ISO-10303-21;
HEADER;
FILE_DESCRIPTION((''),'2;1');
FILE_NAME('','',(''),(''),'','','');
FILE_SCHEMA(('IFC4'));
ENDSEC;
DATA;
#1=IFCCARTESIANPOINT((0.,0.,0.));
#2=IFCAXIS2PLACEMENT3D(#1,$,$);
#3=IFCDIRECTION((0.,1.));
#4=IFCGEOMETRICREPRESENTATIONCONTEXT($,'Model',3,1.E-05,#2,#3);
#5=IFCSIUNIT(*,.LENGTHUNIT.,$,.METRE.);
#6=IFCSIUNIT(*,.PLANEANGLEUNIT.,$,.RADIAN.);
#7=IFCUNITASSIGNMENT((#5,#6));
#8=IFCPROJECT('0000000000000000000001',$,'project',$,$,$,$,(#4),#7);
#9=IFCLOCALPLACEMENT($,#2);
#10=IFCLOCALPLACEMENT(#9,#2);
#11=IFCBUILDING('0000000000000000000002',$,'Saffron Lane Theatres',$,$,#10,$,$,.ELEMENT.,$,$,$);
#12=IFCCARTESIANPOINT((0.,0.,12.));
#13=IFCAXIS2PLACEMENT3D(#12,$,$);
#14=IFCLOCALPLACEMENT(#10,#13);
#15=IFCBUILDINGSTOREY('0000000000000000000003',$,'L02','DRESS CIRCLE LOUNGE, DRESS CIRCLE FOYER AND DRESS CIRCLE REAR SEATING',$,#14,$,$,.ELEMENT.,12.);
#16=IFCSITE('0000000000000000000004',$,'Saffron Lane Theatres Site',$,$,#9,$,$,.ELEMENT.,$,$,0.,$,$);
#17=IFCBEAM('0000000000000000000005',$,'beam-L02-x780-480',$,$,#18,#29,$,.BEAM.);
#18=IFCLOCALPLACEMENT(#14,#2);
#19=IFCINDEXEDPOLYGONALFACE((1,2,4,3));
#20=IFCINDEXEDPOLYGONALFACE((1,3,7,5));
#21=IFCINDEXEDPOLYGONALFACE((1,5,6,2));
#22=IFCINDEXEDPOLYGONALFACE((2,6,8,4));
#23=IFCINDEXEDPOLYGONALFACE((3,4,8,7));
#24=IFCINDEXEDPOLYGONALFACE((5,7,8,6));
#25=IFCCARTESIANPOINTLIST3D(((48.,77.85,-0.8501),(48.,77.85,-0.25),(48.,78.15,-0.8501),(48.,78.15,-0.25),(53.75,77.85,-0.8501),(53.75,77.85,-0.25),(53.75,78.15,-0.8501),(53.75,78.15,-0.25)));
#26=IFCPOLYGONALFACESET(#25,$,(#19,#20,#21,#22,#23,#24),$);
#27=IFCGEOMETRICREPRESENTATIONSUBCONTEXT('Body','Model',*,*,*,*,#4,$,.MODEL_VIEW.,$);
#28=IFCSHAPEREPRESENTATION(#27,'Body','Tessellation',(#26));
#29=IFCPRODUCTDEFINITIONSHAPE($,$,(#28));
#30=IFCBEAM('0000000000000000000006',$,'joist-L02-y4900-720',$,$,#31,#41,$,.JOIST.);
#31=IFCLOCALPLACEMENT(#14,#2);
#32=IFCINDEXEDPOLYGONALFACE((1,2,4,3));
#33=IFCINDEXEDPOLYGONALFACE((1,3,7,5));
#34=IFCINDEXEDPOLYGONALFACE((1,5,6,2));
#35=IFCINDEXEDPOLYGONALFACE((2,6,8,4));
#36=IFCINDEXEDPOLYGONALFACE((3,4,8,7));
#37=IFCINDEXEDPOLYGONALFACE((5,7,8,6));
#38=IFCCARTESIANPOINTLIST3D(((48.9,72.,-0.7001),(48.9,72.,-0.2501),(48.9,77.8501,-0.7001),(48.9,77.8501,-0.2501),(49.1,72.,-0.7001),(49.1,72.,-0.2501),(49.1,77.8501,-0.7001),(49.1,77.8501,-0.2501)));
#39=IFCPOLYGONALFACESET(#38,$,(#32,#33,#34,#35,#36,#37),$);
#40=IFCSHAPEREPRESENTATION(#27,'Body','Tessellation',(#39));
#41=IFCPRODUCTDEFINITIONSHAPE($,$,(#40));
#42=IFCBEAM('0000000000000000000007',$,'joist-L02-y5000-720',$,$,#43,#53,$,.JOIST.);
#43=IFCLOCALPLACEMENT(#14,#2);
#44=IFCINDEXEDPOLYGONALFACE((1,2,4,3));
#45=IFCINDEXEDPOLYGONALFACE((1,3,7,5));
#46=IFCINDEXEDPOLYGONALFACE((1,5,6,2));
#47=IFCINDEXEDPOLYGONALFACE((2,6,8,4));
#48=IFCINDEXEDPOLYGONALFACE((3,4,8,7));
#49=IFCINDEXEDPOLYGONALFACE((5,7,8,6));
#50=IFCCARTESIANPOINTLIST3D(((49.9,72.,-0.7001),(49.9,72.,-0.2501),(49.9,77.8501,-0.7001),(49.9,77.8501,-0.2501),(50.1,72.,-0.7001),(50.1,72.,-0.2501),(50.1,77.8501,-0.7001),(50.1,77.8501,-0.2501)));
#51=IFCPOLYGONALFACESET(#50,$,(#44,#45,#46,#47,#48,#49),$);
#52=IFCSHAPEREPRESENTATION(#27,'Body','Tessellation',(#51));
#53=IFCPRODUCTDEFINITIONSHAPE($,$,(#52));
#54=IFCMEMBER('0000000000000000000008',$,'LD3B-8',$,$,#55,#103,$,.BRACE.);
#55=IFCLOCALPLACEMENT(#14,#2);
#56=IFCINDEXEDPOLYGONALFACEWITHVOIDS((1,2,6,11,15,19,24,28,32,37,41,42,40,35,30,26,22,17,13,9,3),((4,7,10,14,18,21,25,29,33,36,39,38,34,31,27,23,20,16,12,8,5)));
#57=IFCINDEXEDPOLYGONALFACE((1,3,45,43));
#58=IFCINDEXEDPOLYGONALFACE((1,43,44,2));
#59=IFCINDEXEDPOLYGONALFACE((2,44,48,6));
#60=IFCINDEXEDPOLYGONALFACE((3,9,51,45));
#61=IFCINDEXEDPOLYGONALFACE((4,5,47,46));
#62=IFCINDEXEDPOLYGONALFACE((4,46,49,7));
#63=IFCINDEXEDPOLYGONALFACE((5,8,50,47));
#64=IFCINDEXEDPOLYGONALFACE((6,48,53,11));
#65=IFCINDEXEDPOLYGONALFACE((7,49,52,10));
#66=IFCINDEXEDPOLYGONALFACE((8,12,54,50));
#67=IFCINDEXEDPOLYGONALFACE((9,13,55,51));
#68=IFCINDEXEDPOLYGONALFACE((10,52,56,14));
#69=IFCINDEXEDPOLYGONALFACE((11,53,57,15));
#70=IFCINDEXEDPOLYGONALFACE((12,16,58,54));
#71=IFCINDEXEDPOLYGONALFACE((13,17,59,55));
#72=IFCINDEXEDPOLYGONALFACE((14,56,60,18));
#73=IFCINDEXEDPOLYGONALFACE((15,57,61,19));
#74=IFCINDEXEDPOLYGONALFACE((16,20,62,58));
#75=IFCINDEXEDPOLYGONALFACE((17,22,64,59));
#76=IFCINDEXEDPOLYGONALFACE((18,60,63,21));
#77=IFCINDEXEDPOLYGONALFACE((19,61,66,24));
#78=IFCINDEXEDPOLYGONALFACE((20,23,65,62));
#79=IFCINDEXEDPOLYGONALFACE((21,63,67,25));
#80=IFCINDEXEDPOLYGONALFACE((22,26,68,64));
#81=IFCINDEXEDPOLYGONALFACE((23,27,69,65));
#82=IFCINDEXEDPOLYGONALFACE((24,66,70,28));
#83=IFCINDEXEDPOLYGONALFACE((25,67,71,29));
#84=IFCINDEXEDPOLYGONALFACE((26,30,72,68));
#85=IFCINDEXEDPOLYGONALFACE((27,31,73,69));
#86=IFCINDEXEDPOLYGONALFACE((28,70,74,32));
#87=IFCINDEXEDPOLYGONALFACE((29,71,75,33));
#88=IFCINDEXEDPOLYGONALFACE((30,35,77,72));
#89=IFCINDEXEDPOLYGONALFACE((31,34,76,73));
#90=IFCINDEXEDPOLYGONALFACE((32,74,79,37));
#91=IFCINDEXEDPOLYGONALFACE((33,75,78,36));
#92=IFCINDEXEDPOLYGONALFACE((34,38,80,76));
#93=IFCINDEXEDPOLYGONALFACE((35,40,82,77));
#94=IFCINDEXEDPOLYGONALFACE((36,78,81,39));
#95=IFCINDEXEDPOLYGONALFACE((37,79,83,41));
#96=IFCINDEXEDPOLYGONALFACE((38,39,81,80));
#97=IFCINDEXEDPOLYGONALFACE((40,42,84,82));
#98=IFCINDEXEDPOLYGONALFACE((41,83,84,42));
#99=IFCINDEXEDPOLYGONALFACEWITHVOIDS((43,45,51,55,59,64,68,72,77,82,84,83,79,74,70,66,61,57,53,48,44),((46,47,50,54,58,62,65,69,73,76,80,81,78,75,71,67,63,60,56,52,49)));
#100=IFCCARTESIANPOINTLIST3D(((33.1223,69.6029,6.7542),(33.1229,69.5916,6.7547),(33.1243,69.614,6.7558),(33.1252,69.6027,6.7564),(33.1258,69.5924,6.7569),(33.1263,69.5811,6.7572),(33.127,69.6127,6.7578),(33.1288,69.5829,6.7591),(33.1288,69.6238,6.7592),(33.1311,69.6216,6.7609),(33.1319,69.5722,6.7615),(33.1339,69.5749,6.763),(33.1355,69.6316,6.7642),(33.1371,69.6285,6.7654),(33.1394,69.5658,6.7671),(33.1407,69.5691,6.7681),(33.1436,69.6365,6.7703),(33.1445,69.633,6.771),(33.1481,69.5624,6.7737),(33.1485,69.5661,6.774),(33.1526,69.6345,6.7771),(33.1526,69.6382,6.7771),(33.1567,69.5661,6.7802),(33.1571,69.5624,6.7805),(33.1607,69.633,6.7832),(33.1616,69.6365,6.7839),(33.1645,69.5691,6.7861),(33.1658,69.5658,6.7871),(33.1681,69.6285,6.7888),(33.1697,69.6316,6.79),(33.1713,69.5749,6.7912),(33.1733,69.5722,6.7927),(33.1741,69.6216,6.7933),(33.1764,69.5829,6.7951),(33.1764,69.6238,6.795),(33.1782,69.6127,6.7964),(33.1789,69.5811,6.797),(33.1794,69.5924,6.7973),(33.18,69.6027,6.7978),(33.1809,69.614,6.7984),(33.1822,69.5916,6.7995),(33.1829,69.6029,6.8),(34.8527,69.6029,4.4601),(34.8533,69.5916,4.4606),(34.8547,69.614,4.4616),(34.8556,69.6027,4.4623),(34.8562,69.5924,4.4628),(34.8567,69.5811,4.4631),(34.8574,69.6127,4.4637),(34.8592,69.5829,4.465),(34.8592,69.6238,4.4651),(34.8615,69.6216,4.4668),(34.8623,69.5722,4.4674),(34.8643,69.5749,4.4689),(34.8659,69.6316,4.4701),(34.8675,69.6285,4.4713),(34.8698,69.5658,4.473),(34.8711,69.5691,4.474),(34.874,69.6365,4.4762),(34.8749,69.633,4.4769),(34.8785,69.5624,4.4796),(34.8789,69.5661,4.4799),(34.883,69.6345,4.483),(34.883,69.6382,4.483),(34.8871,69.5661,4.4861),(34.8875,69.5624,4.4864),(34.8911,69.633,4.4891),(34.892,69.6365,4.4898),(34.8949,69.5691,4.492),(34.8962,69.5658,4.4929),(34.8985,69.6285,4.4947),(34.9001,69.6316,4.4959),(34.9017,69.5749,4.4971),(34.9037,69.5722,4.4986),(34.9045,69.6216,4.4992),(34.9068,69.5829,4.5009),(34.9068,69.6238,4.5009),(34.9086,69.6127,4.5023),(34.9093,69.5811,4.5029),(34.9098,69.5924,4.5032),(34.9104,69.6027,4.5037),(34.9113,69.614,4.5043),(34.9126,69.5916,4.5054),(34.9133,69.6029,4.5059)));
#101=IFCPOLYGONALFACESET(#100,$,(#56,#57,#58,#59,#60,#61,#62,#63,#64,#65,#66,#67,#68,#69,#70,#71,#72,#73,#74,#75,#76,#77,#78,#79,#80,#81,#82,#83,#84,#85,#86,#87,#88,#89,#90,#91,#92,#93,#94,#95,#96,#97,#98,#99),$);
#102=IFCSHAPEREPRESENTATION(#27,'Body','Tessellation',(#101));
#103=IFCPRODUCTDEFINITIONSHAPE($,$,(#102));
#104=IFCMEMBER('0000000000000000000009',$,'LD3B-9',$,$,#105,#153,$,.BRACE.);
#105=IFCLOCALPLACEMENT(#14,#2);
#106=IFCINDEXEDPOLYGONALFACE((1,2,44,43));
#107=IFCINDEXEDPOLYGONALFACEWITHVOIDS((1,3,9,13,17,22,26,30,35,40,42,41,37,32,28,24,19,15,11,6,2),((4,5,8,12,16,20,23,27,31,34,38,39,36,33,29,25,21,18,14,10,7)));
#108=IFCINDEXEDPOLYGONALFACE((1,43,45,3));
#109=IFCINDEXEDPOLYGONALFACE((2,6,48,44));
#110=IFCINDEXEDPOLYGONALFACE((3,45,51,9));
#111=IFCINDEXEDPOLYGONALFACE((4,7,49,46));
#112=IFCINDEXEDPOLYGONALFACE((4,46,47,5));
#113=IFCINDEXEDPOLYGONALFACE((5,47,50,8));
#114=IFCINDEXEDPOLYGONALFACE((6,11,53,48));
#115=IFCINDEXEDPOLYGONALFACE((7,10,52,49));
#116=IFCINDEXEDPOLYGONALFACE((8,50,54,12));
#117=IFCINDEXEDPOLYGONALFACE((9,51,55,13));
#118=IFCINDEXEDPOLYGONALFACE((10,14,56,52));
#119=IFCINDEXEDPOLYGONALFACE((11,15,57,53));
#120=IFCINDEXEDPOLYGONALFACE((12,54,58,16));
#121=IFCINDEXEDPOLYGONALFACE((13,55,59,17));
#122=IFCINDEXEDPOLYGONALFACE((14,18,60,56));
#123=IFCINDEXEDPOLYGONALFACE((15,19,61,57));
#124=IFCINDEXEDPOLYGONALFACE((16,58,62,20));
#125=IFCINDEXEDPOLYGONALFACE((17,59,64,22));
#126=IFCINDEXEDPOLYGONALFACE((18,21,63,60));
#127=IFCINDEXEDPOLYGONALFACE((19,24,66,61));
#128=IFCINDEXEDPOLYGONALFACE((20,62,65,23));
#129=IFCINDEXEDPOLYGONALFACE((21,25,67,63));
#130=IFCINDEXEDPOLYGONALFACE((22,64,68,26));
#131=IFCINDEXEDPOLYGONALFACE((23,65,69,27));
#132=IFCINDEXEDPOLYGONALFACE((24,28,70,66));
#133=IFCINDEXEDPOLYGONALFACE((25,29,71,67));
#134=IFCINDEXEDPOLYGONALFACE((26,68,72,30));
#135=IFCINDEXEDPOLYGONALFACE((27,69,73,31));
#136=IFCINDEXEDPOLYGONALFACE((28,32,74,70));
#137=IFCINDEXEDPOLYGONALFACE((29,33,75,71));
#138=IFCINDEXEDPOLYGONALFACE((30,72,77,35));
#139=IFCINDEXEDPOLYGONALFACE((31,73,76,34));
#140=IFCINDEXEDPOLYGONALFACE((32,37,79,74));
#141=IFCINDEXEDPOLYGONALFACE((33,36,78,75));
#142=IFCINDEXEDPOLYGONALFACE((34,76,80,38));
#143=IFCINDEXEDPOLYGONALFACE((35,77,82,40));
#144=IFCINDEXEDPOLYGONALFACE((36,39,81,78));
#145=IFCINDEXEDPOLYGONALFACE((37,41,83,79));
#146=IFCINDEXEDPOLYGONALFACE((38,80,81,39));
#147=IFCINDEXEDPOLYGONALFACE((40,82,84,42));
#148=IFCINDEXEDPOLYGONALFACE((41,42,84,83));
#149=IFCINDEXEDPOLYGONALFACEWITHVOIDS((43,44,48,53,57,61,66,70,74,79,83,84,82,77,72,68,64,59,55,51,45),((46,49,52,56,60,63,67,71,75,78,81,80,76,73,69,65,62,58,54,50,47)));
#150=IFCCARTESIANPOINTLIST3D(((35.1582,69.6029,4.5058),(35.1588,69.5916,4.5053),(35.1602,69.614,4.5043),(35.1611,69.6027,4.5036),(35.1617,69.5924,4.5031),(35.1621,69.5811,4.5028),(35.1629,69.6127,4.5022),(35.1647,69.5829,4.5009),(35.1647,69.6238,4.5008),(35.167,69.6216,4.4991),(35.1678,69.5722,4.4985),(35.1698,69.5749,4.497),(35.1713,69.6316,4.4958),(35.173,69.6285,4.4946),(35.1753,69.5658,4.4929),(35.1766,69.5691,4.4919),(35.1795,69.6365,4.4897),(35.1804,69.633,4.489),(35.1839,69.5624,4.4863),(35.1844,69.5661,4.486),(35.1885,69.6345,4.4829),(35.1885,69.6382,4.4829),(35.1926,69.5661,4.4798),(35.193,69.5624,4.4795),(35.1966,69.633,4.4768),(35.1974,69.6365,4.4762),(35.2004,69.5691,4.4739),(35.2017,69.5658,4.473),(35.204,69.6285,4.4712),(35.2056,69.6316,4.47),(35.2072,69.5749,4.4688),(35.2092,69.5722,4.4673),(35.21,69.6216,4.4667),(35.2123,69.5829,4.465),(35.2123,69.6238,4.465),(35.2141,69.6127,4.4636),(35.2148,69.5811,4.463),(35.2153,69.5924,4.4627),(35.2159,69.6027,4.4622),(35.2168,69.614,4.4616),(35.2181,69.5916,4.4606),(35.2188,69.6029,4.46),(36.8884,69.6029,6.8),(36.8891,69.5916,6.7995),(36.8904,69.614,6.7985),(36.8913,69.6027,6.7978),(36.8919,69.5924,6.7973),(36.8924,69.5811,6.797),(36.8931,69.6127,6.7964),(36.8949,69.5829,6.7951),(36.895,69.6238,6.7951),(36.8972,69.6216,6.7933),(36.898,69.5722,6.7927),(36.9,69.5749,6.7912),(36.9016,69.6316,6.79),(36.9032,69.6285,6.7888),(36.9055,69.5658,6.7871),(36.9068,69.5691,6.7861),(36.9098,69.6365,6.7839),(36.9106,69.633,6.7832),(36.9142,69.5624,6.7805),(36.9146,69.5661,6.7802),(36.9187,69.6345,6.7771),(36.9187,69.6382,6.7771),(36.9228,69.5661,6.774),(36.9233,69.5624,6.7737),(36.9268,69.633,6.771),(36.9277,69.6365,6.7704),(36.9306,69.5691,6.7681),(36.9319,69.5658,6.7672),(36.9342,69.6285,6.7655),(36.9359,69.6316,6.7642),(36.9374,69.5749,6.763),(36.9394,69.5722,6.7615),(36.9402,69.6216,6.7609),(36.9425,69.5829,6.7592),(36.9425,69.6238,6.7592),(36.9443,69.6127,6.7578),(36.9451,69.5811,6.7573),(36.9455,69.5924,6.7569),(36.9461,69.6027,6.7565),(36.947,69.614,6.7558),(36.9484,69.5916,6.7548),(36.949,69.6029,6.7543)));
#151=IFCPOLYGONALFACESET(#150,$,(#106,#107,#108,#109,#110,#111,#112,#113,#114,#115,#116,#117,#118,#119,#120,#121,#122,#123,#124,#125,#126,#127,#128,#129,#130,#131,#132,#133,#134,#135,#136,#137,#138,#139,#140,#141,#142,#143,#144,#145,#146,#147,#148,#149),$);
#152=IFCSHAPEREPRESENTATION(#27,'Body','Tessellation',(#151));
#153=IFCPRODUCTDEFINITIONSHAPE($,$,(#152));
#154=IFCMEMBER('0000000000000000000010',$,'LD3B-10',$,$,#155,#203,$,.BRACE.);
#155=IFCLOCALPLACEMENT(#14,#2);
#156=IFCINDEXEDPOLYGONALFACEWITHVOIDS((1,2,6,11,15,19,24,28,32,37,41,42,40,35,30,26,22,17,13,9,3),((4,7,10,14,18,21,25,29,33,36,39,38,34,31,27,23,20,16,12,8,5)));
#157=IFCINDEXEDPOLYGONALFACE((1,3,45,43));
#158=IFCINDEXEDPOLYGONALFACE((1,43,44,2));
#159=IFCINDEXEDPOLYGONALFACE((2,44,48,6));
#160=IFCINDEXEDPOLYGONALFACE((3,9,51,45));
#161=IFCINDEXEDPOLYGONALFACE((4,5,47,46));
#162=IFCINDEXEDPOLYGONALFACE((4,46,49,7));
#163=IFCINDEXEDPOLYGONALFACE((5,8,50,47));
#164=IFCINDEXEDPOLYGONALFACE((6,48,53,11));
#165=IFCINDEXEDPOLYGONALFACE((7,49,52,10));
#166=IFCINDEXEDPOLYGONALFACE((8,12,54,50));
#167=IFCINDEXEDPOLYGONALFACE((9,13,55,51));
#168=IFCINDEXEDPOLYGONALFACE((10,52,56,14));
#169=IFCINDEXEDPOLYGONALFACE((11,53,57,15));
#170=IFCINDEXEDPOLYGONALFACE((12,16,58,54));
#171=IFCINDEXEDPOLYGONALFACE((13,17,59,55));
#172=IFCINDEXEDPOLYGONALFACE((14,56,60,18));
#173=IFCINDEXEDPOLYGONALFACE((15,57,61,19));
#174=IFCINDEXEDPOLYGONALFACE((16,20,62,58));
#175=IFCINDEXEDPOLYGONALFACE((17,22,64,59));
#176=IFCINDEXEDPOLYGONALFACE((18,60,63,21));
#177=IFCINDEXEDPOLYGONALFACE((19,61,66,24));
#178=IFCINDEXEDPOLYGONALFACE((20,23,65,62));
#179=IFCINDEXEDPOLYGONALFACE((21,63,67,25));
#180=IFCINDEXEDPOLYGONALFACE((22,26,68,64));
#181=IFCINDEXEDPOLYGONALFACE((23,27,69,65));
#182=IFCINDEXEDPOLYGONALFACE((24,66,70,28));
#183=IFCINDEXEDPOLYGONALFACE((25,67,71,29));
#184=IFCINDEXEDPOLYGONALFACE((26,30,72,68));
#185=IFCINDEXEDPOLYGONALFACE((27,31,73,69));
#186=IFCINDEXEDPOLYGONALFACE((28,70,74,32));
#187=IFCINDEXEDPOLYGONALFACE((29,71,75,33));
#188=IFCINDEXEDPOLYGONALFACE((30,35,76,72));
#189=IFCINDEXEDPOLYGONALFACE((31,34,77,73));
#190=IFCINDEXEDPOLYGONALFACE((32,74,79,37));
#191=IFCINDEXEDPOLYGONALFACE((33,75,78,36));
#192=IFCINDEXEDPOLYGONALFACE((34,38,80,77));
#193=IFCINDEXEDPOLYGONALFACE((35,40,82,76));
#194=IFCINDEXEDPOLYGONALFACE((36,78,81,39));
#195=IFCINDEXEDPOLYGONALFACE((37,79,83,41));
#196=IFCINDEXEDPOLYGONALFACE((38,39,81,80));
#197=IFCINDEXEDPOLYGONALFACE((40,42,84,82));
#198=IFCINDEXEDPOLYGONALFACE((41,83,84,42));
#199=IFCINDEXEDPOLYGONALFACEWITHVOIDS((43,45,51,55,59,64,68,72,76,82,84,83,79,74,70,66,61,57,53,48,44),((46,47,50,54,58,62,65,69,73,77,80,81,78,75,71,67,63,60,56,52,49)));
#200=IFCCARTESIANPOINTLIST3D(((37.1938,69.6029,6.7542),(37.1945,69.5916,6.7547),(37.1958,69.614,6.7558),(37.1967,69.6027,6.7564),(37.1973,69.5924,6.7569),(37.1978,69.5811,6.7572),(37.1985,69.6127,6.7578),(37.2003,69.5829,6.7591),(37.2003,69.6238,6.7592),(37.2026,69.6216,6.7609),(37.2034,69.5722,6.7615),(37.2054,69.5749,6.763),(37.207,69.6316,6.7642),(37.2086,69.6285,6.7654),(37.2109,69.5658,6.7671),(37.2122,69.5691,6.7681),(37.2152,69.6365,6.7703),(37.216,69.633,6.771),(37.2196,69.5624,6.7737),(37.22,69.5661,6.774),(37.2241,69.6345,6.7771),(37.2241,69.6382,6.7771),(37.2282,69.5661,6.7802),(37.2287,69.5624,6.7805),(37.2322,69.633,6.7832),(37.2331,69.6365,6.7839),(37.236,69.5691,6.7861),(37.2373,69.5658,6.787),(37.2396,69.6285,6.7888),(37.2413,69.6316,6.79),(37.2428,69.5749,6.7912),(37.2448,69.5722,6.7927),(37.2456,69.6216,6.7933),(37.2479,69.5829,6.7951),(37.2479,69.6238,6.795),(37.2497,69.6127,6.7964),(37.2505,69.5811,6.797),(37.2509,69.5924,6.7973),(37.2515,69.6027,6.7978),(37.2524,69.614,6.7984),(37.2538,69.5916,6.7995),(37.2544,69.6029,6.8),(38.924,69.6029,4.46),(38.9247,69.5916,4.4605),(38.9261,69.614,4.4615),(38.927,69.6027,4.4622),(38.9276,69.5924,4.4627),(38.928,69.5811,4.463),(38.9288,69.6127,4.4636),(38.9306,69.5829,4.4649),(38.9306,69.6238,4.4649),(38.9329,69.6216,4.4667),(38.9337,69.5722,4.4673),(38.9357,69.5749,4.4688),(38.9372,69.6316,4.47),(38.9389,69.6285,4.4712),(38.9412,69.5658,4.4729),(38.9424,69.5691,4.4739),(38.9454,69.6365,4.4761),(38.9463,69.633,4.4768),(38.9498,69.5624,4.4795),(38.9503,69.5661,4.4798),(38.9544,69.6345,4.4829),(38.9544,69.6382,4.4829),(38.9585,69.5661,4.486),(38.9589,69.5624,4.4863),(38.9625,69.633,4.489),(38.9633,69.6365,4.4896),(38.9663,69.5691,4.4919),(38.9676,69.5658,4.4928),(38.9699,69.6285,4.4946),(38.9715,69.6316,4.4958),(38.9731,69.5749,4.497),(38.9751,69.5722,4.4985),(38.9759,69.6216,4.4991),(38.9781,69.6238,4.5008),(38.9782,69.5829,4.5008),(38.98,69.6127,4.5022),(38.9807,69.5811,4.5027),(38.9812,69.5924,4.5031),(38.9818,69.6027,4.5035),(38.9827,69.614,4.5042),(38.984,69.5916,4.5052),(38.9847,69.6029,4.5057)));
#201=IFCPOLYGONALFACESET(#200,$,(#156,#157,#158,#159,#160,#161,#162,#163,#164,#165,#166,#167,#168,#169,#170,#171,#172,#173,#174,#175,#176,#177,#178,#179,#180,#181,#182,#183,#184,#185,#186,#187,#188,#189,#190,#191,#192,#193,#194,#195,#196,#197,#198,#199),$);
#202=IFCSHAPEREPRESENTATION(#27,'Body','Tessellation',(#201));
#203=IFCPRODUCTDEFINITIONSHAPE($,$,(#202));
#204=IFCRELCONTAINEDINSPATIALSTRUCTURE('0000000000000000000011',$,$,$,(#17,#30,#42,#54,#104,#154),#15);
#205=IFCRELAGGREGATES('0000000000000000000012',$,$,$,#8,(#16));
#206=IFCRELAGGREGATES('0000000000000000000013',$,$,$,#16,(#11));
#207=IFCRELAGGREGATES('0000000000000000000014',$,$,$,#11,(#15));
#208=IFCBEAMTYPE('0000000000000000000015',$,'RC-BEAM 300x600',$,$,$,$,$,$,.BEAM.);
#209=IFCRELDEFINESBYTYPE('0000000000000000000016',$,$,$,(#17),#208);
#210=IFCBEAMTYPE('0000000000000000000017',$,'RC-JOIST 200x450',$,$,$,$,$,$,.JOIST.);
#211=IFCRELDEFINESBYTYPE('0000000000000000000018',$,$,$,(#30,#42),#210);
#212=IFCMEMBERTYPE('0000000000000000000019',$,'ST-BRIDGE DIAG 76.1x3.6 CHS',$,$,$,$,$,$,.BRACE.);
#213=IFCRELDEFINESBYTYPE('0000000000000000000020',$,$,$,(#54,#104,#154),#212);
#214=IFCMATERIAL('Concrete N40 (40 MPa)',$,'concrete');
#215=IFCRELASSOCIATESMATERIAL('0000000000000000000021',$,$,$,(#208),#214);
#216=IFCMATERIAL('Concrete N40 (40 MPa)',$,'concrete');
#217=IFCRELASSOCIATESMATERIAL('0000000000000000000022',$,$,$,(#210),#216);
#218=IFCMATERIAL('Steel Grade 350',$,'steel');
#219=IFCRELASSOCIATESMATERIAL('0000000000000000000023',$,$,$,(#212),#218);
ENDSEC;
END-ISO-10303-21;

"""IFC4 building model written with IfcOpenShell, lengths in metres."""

from ifc_helpers import new_model, si_unit, direction, frame, origin, origin_2d, place, context, subcontext, project, spatial, rectangle, hollow_circle, extrude, material, material_profile, profile_set, type_object, element, save


model = new_model("IFC4")

# Units and contexts
model_context = context("Model", 3, precision=1e-05, world=origin(), true_north=direction((0.0, 1.0)))
body_context = subcontext(model_context, "Body", "Model", "MODEL_VIEW")
ifc_project = project(units=[si_unit("LENGTHUNIT", "METRE"), si_unit("PLANEANGLEUNIT", "RADIAN")], contexts=[model_context])

# Site, building, storey
site_placement = place(None, origin())
site = spatial("IfcSite", under=ifc_project, at=site_placement, Name="Saffron Lane Theatres Site", CompositionType="ELEMENT", RefElevation=0.0)
building_placement = place(site_placement, origin())
building = spatial("IfcBuilding", under=site, at=building_placement, Name="Saffron Lane Theatres", CompositionType="ELEMENT")
storey_placement = place(building_placement, frame((0.0, 0.0, 12.0)))
storey = spatial("IfcBuildingStorey", under=building, at=storey_placement, Name="L02", Description="DRESS CIRCLE LOUNGE, DRESS CIRCLE FOYER AND DRESS CIRCLE REAR SEATING", CompositionType="ELEMENT", Elevation=12.0)

# Beams
ifc_material_1 = material(Name="Concrete N40 (40 MPa)", Category="concrete")
ifc_material_profile_1 = material_profile(ifc_material_1, rectangle(XDim=0.3, YDim=0.6001, at=origin_2d()))
ifc_profile_set_1 = profile_set([ifc_material_profile_1], Name="Concrete N40 (40 MPa)")
beam_type_1 = type_object("IfcBeamType", Name="RC-BEAM 300x600", PredefinedType="BEAM", material=ifc_profile_set_1)
beam_placement = place(storey_placement, frame((48.0, 78.0, -0.55), z_axis=(1.0, 0.0, 0.0), x_axis=(0.0, 1.0, 0.0)))
element("IfcBeam", 1, at=beam_placement, inside=storey, type_object=beam_type_1, Name="beam-L02-x780-480", PredefinedType="BEAM", context=body_context, shape_type="SweptSolid", body=[
    extrude(rectangle(XDim=0.3, YDim=0.6001, at=origin_2d()), origin(), (0.0, 0.0, 1.0), 5.75),
])
ifc_material_2 = material(Name="Concrete N40 (40 MPa)", Category="concrete")
ifc_material_profile_2 = material_profile(ifc_material_2, rectangle(XDim=0.2, YDim=0.45, at=origin_2d()))
ifc_profile_set_2 = profile_set([ifc_material_profile_2], Name="Concrete N40 (40 MPa)")
beam_type_2 = type_object("IfcBeamType", Name="RC-JOIST 200x450", PredefinedType="JOIST", material=ifc_profile_set_2)
for number, where, z_axis, x_axis, name in (
    (2, (49.0, 72.0, -0.4751), (0.0, 1.0, 0.0), (-1.0, 0.0, 0.0), "joist-L02-y4900-720"),
    (3, (50.0, 72.0, -0.4751), (0.0, 1.0, 0.0), (-1.0, 0.0, 0.0), "joist-L02-y5000-720"),
):
    element("IfcBeam", number, at=place(storey_placement, frame(where, z_axis=z_axis, x_axis=x_axis)), inside=storey, type_object=beam_type_2, Name=name, PredefinedType="JOIST", context=body_context, shape_type="SweptSolid", body=[
        extrude(rectangle(XDim=0.2, YDim=0.45, at=origin_2d()), origin(), (0.0, 0.0, 1.0), 5.8501),
    ])

# Members
ifc_material_3 = material(Name="Steel Grade 350", Category="steel")
ifc_material_profile_3 = material_profile(ifc_material_3, hollow_circle(Radius=0.0381, WallThickness=0.0037, at=origin_2d()))
ifc_profile_set_3 = profile_set([ifc_material_profile_3], Name="Steel Grade 350")
member_type = type_object("IfcMemberType", Name="ST-BRIDGE DIAG 76.1x3.6 CHS", PredefinedType="BRACE", material=ifc_profile_set_3)
for number, where, z_axis, x_axis, name in (
    (4, (33.1526, 69.6001, 6.7771), (0.602186, 0.0, -0.798356), (0.0, 1.0, 0.0), "LD3B-8"),
    (5, (35.1885, 69.6001, 4.4829), (0.602132, 0.0, 0.798396), (0.0, 1.0, 0.0), "LD3B-9"),
    (6, (37.2241, 69.6001, 6.7771), (0.602132, 0.0, -0.798396), (0.0, 1.0, 0.0), "LD3B-10"),
):
    element("IfcMember", number, at=place(storey_placement, frame(where, z_axis=z_axis, x_axis=x_axis)), inside=storey, type_object=member_type, Name=name, PredefinedType="BRACE", context=body_context, shape_type="SweptSolid", body=[
        extrude(hollow_circle(Radius=0.0381, WallThickness=0.0037, at=origin_2d()), origin(), (0.0, 0.0, 1.0), 2.8735),
    ])

save(model, "model.ifc")
